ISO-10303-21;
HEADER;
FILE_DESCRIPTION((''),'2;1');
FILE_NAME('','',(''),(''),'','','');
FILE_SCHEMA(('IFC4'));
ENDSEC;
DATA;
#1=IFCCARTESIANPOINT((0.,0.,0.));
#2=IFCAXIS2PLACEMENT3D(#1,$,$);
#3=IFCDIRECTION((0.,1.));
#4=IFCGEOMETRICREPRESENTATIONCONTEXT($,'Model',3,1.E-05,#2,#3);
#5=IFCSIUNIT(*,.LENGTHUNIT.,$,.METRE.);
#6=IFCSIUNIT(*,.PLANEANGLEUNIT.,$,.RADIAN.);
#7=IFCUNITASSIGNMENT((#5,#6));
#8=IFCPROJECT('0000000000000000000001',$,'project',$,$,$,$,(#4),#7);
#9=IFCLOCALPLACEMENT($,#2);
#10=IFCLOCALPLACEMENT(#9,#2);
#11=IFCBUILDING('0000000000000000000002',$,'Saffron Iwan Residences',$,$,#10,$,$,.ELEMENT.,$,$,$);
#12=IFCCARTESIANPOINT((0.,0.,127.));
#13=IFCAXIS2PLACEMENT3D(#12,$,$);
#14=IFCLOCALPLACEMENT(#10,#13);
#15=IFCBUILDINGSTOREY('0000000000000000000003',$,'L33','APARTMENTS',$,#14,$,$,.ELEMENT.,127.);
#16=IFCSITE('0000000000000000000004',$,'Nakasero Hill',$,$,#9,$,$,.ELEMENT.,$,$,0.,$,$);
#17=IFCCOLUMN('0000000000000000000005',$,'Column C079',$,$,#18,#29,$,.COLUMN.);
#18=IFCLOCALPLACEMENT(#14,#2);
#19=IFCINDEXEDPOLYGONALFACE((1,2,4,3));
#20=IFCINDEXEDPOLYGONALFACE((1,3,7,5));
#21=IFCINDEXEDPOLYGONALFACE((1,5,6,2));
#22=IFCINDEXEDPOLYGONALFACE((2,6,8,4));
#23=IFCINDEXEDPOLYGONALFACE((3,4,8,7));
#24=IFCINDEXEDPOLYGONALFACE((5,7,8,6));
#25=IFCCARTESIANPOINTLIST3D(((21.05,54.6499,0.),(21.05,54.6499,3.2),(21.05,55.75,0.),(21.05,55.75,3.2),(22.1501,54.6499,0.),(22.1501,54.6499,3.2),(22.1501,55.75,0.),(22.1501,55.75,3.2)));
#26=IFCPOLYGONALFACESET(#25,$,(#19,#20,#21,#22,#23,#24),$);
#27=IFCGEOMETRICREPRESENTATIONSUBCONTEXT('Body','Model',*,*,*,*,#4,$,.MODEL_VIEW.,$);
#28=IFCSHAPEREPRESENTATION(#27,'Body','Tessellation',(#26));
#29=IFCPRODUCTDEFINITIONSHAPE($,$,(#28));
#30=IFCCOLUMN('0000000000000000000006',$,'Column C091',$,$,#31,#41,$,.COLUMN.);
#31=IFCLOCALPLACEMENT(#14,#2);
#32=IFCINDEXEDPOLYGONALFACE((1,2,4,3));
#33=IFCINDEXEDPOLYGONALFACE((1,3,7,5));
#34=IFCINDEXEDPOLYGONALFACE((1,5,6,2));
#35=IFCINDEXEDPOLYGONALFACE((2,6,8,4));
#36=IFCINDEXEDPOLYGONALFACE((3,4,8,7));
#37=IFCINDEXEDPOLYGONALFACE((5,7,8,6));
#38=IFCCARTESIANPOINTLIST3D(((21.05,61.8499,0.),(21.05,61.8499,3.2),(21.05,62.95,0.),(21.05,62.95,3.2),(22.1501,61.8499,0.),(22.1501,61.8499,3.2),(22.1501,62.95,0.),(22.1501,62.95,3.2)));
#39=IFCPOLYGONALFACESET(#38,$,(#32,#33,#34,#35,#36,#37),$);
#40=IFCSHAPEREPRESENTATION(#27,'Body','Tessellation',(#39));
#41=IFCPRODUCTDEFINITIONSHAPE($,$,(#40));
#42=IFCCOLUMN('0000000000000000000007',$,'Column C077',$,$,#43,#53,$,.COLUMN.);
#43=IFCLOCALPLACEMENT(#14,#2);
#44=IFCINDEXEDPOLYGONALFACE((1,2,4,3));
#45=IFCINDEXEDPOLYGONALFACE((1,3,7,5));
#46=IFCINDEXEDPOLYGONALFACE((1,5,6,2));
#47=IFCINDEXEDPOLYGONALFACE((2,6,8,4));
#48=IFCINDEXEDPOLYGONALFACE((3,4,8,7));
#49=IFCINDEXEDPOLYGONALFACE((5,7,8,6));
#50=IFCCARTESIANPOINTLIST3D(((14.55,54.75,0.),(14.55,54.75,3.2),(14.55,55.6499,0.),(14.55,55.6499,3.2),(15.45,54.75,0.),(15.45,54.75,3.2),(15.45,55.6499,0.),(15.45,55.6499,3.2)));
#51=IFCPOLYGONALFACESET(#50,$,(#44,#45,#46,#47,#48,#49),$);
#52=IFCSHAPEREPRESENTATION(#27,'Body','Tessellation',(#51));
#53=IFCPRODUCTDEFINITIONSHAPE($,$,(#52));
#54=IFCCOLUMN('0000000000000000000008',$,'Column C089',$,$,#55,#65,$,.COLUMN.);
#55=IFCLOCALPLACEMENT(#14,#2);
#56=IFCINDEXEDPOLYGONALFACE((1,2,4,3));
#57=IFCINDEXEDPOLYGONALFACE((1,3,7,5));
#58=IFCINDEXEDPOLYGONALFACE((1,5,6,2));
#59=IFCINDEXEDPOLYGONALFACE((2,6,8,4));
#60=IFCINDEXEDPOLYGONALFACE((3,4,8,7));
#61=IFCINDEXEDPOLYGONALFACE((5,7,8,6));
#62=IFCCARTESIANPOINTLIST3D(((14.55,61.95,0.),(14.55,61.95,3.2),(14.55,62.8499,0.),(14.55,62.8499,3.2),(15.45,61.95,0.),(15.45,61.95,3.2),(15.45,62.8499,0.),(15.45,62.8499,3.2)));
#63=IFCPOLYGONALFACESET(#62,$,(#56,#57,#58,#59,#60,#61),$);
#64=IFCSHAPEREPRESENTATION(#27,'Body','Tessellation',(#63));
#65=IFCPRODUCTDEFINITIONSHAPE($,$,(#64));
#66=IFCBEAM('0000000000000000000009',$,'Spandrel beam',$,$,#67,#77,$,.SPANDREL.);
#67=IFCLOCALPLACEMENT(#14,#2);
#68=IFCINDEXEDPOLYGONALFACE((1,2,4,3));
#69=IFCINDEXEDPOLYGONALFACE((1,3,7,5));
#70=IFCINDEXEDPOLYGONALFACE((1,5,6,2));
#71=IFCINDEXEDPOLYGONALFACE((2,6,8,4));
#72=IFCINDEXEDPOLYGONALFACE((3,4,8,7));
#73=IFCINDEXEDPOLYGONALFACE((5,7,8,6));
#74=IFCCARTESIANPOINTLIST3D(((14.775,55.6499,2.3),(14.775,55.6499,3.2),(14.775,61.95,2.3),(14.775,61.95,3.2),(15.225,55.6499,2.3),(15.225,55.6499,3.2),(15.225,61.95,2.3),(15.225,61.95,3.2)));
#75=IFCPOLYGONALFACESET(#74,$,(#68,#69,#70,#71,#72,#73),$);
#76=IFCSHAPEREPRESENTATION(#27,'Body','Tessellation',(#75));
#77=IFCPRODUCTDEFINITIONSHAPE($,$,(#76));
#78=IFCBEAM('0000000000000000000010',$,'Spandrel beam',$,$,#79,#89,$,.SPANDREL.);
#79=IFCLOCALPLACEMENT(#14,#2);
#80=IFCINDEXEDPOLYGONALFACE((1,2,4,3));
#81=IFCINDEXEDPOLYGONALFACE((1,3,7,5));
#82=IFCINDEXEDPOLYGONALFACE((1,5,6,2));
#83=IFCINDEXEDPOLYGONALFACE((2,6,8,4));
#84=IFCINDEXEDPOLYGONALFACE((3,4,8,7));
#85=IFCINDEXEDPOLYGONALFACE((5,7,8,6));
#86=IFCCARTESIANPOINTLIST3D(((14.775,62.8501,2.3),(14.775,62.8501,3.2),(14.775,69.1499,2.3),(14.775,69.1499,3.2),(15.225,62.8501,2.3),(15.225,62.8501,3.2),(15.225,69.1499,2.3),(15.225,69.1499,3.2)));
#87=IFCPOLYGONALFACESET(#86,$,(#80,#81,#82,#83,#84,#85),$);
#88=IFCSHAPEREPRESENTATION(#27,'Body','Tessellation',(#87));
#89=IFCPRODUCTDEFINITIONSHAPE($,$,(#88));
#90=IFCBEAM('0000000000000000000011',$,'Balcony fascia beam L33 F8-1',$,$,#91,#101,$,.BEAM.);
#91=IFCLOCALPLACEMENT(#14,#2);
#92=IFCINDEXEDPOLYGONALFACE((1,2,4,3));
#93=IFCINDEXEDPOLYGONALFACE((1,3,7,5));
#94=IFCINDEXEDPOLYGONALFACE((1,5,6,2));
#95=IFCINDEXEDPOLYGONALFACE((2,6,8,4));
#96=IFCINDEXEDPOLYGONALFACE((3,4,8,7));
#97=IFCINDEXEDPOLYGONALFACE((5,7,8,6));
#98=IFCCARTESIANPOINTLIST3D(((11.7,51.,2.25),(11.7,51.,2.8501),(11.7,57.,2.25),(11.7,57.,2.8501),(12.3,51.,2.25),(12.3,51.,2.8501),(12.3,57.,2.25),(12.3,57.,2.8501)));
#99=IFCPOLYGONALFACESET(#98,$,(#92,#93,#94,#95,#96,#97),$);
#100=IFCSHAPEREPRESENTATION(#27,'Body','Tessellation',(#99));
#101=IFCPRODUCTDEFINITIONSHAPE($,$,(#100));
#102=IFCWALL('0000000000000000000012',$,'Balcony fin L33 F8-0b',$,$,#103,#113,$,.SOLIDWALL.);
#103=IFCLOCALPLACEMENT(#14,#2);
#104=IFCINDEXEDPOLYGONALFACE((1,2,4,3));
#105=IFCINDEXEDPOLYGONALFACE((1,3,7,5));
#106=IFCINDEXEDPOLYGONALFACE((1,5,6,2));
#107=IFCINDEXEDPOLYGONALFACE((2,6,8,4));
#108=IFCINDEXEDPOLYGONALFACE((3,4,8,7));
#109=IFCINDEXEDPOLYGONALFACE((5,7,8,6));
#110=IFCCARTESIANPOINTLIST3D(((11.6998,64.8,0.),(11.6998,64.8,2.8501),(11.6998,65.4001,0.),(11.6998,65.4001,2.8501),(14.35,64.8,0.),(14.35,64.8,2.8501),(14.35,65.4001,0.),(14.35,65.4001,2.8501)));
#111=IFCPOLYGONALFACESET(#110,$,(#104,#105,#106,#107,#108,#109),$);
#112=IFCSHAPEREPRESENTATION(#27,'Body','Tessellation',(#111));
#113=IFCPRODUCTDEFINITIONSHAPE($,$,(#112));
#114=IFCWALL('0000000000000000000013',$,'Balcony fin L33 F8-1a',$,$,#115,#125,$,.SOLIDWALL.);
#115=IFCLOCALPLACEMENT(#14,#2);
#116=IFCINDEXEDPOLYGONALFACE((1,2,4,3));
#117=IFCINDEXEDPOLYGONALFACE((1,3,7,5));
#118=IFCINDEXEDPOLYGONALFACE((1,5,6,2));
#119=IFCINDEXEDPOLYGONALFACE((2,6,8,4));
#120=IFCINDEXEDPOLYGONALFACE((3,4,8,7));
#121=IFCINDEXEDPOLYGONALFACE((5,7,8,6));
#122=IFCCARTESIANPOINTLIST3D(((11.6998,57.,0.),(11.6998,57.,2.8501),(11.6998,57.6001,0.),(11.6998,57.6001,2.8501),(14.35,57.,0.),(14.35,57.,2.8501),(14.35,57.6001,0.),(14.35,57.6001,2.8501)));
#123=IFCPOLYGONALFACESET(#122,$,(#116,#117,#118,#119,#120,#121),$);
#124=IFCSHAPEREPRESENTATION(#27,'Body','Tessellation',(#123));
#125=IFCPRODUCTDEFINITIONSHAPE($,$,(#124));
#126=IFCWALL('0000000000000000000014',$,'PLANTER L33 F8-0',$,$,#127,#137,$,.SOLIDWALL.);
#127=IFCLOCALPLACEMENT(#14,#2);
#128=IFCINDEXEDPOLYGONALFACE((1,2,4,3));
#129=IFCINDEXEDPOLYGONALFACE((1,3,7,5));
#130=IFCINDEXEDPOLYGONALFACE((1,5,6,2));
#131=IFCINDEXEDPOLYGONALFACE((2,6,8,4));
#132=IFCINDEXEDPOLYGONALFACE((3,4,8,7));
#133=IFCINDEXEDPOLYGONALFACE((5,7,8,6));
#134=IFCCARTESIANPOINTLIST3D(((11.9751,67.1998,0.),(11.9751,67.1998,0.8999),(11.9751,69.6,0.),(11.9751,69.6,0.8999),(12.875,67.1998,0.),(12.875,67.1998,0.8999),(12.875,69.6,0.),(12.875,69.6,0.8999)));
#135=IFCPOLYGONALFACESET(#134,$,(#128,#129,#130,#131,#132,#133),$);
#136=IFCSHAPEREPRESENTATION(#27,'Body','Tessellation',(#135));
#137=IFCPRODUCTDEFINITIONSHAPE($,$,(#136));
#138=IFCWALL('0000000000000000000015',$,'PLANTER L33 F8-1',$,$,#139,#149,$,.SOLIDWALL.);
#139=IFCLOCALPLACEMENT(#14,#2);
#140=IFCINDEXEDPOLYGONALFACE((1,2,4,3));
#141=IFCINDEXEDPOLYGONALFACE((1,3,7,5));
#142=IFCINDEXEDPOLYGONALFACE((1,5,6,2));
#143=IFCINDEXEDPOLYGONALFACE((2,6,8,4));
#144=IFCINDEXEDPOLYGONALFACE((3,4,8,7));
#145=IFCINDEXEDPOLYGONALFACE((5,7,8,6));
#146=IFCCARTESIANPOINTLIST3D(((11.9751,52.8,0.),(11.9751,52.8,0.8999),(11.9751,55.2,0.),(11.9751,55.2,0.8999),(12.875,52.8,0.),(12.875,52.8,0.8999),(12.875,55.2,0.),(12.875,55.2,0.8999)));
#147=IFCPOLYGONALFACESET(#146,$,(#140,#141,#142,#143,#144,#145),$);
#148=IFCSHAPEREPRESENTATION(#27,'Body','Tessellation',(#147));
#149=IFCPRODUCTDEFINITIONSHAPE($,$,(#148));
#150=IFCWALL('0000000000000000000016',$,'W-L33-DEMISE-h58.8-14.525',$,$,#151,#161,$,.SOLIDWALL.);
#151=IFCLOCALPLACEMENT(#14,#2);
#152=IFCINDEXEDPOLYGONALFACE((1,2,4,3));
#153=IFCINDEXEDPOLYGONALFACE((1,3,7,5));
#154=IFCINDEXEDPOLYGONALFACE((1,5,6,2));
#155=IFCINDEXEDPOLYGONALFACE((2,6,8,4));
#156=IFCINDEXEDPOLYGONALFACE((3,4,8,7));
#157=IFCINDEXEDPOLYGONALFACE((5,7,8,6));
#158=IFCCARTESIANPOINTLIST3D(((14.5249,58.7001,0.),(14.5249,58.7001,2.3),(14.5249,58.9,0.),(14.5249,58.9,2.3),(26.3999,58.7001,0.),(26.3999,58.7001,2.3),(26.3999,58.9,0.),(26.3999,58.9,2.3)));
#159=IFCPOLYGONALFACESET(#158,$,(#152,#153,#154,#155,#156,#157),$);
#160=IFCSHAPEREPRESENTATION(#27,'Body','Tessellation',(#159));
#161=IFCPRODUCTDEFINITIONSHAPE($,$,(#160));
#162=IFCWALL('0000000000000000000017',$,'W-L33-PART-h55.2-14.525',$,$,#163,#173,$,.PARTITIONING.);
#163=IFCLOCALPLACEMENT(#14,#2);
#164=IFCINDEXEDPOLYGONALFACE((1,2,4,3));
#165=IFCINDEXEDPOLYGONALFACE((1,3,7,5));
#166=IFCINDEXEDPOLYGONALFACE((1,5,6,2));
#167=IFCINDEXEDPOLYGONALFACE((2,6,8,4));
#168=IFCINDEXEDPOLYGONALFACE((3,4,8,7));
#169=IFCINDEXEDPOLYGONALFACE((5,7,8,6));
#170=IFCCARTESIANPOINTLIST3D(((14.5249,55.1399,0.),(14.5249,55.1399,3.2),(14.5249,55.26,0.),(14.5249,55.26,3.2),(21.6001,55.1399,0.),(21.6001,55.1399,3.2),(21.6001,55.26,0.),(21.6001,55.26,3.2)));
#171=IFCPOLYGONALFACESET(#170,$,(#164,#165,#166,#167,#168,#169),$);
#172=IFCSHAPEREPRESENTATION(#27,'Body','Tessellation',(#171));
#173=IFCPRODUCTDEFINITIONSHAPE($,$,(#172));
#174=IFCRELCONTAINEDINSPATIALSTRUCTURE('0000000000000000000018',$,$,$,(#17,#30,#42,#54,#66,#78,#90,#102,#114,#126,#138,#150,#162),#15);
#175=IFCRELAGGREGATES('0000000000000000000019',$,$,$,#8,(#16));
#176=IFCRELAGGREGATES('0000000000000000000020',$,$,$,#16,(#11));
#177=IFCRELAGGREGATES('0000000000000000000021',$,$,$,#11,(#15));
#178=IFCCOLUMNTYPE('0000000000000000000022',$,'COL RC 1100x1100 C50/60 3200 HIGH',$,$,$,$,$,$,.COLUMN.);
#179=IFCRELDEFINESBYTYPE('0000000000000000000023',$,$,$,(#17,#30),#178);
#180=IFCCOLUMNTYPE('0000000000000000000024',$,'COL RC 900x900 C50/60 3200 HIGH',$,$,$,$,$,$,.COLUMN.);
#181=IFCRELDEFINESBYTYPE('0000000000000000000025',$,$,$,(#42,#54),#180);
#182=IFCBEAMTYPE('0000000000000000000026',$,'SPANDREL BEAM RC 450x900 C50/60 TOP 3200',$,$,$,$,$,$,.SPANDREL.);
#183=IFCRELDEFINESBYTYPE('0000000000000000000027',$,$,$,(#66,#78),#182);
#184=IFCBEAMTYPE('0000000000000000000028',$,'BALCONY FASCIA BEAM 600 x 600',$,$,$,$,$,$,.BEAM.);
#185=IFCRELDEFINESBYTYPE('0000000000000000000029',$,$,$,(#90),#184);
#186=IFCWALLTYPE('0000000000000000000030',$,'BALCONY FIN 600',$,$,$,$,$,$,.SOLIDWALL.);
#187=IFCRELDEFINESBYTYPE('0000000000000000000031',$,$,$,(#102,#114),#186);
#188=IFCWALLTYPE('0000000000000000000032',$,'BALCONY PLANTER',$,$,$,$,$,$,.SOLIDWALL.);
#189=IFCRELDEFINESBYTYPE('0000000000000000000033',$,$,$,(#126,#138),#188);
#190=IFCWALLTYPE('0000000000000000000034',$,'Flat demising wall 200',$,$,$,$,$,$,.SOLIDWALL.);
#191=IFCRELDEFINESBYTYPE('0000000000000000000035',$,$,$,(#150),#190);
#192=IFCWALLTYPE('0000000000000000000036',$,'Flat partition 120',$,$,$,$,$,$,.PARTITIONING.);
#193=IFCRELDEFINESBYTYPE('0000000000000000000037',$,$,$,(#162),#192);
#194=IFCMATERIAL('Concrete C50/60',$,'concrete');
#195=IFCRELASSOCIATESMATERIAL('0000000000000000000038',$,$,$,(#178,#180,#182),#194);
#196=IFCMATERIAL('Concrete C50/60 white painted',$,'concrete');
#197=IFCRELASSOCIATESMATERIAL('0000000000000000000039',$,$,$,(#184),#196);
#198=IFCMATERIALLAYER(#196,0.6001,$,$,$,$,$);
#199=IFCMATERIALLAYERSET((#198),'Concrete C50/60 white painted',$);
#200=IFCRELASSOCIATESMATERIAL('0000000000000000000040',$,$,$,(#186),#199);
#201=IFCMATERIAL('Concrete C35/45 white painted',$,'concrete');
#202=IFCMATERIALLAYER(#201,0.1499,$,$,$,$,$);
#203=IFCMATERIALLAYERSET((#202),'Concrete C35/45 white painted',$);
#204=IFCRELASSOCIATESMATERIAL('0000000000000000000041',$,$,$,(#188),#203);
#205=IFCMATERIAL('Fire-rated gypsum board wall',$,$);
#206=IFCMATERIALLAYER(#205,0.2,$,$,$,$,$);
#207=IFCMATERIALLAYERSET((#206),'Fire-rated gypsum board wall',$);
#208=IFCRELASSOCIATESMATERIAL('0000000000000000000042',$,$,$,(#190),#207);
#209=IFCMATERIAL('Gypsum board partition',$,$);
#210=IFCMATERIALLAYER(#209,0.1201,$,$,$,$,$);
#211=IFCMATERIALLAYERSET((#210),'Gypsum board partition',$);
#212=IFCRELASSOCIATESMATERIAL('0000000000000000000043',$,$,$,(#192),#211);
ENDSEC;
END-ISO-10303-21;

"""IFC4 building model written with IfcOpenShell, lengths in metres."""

from ifc_helpers import new_model, si_unit, direction, frame, frame_2d, origin, origin_2d, place, context, subcontext, project, spatial, rectangle, extrude, source, transform, mapped, material, layer, layer_set, material_profile, profile_set, type_object, element, save


model = new_model("IFC4")

# Units and contexts
model_context = context("Model", 3, precision=1e-05, world=origin(), true_north=direction((0.0, 1.0)))
body_context = subcontext(model_context, "Body", "Model", "MODEL_VIEW")
ifc_project = project(units=[si_unit("LENGTHUNIT", "METRE"), si_unit("PLANEANGLEUNIT", "RADIAN")], contexts=[model_context])

# Site, building, storey
site_placement = place(None, origin())
site = spatial("IfcSite", under=ifc_project, at=site_placement, Name="Nakasero Hill", CompositionType="ELEMENT", RefElevation=0.0)
building_placement = place(site_placement, origin())
building = spatial("IfcBuilding", under=site, at=building_placement, Name="Saffron Iwan Residences", CompositionType="ELEMENT")
storey_placement = place(building_placement, frame((0.0, 0.0, 127.0)))
storey = spatial("IfcBuildingStorey", under=building, at=storey_placement, Name="L33", Description="APARTMENTS", CompositionType="ELEMENT", Elevation=127.0)

# Columns
ifc_material_1 = material(Name="Concrete C50/60", Category="concrete")
ifc_material_profile_1 = material_profile(ifc_material_1, rectangle(XDim=1.1001, YDim=1.1001, at=origin_2d()), Name="RC 1100x1100")
ifc_profile_set_1 = profile_set([ifc_material_profile_1], Name="Concrete C50/60")
column_type_1 = type_object("IfcColumnType", Name="COL RC 1100x1100 C50/60 3200 HIGH", PredefinedType="COLUMN", material=ifc_profile_set_1)
shared_shape_1 = source(origin(), body_context, "Body", "SweptSolid", [
    extrude(rectangle(XDim=1.1001, YDim=1.1001, at=origin_2d()), origin(), (0.0, 0.0, 1.0), 3.2),
])
for number, where, z_axis, x_axis, name in (
    (1, (21.6001, 55.2, 0.0), (0.0, 0.0, 1.0), (1.0, 0.0, 0.0), "Column C079"),
    (2, (21.6001, 62.3999, 0.0), (0.0, 0.0, 1.0), (1.0, 0.0, 0.0), "Column C091"),
):
    element("IfcColumn", number, at=place(storey_placement, frame(where, z_axis=z_axis, x_axis=x_axis)), inside=storey, type_object=column_type_1, Name=name, PredefinedType="COLUMN", context=body_context, shape_type="MappedRepresentation", body=[
        mapped(shared_shape_1, transform((0.0, 0.0, 0.0))),
    ])
ifc_material_profile_2 = material_profile(ifc_material_1, rectangle(XDim=0.8999, YDim=0.8999, at=origin_2d()), Name="RC 900x900")
ifc_profile_set_2 = profile_set([ifc_material_profile_2], Name="Concrete C50/60")
column_type_2 = type_object("IfcColumnType", Name="COL RC 900x900 C50/60 3200 HIGH", PredefinedType="COLUMN", material=ifc_profile_set_2)
shared_shape_2 = source(origin(), body_context, "Body", "SweptSolid", [
    extrude(rectangle(XDim=0.8999, YDim=0.8999, at=origin_2d()), origin(), (0.0, 0.0, 1.0), 3.2),
])
for number, where, z_axis, x_axis, name in (
    (3, (15.0, 55.2, 0.0), (0.0, 0.0, 1.0), (1.0, 0.0, 0.0), "Column C077"),
    (4, (15.0, 62.3999, 0.0), (0.0, 0.0, 1.0), (1.0, 0.0, 0.0), "Column C089"),
):
    element("IfcColumn", number, at=place(storey_placement, frame(where, z_axis=z_axis, x_axis=x_axis)), inside=storey, type_object=column_type_2, Name=name, PredefinedType="COLUMN", context=body_context, shape_type="MappedRepresentation", body=[
        mapped(shared_shape_2, transform((0.0, 0.0, 0.0))),
    ])

# Beams
ifc_material_profile_3 = material_profile(ifc_material_1, rectangle(XDim=0.45, YDim=0.8999, at=origin_2d()), Name="RC 450x900")
ifc_profile_set_3 = profile_set([ifc_material_profile_3], Name="Concrete C50/60")
beam_type_1 = type_object("IfcBeamType", Name="SPANDREL BEAM RC 450x900 C50/60 TOP 3200", PredefinedType="SPANDREL", material=ifc_profile_set_3)
shared_shape_3 = source(origin(), body_context, "Body", "SweptSolid", [
    extrude(rectangle(XDim=0.45, YDim=0.8999, at=origin_2d()), origin(), (0.0, 0.0, 1.0), 6.3),
])
beam_1_placement = place(storey_placement, frame((15.0, 55.6499, 2.75), z_axis=(0.0, 1.0, 0.0), x_axis=(-1.0, 0.0, 0.0)))
element("IfcBeam", 5, at=beam_1_placement, inside=storey, type_object=beam_type_1, Name="Spandrel beam", PredefinedType="SPANDREL", context=body_context, shape_type="MappedRepresentation", body=[
    mapped(shared_shape_3, transform((0.0, 0.0, 0.0))),
])
shared_shape_4 = source(origin(), body_context, "Body", "SweptSolid", [
    extrude(rectangle(XDim=0.45, YDim=0.8999, at=origin_2d()), origin(), (0.0, 0.0, 1.0), 6.2998),
])
beam_2_placement = place(storey_placement, frame((15.0, 62.8501, 2.75), z_axis=(0.0, 1.0, 0.0), x_axis=(-1.0, 0.0, 0.0)))
element("IfcBeam", 6, at=beam_2_placement, inside=storey, type_object=beam_type_1, Name="Spandrel beam", PredefinedType="SPANDREL", context=body_context, shape_type="MappedRepresentation", body=[
    mapped(shared_shape_4, transform((0.0, 0.0, 0.0))),
])
ifc_material_2 = material(Name="Concrete C50/60 white painted", Category="concrete")
ifc_material_profile_4 = material_profile(ifc_material_2, rectangle(XDim=0.6001, YDim=0.6001, at=origin_2d()), Name="BALCONY FASCIA BEAM 600 x 600")
ifc_profile_set_4 = profile_set([ifc_material_profile_4], Name="Concrete C50/60 white painted")
beam_type_2 = type_object("IfcBeamType", Name="BALCONY FASCIA BEAM 600 x 600", PredefinedType="BEAM", material=ifc_profile_set_4)
shared_shape_5 = source(origin(), body_context, "Body", "SweptSolid", [
    extrude(rectangle(XDim=0.6001, YDim=0.6001, at=origin_2d()), origin(), (0.0, 0.0, 1.0), 6.0),
])
beam_3_placement = place(storey_placement, frame((12.0, 57.0, 2.55), z_axis=(0.0, -1.0, 0.0), x_axis=(1.0, 0.0, 0.0)))
element("IfcBeam", 7, at=beam_3_placement, inside=storey, type_object=beam_type_2, Name="Balcony fascia beam L33 F8-1", PredefinedType="BEAM", context=body_context, shape_type="MappedRepresentation", body=[
    mapped(shared_shape_5, transform((0.0, 0.0, 0.0))),
])

# Walls
ifc_layer_1 = layer(ifc_material_2, 0.6001)
ifc_layer_set_1 = layer_set([ifc_layer_1], Name="Concrete C50/60 white painted")
wall_type_1 = type_object("IfcWallType", Name="BALCONY FIN 600", PredefinedType="SOLIDWALL", material=ifc_layer_set_1)
for number, where, z_axis, x_axis, name in (
    (8, (14.3501, 65.1001, 0.0), (0.0, 0.0, 1.0), (-1.0, 0.0, 0.0), "Balcony fin L33 F8-0b"),
    (9, (14.3501, 57.3, 0.0), (0.0, 0.0, 1.0), (-1.0, 0.0, 0.0), "Balcony fin L33 F8-1a"),
):
    element("IfcWall", number, at=place(storey_placement, frame(where, z_axis=z_axis, x_axis=x_axis)), inside=storey, type_object=wall_type_1, Name=name, PredefinedType="SOLIDWALL", context=body_context, shape_type="SweptSolid", body=[
        extrude(rectangle(XDim=2.6501, YDim=0.6001, at=frame_2d((1.3252, 0.0))), origin(), (0.0, 0.0, 1.0), 2.8501),
    ])
ifc_material_3 = material(Name="Concrete C35/45 white painted", Category="concrete")
ifc_layer_2 = layer(ifc_material_3, 0.1499)
ifc_layer_set_2 = layer_set([ifc_layer_2], Name="Concrete C35/45 white painted")
wall_type_2 = type_object("IfcWallType", Name="BALCONY PLANTER", PredefinedType="SOLIDWALL", material=ifc_layer_set_2)
wall_1_placement = place(storey_placement, frame((12.425, 69.6001, 0.0), z_axis=(0.0, 0.0, 1.0), x_axis=(0.0, -1.0, 0.0)))
element("IfcWall", 10, at=wall_1_placement, inside=storey, type_object=wall_type_2, Name="PLANTER L33 F8-0", PredefinedType="SOLIDWALL", context=body_context, shape_type="SweptSolid", body=[
    extrude(rectangle(XDim=2.4001, YDim=0.8999, at=frame_2d((1.2002, 0.0))), origin(), (0.0, 0.0, 1.0), 0.8999),
])
wall_2_placement = place(storey_placement, frame((12.425, 55.2, 0.0), z_axis=(0.0, 0.0, 1.0), x_axis=(0.0, -1.0, 0.0)))
element("IfcWall", 11, at=wall_2_placement, inside=storey, type_object=wall_type_2, Name="PLANTER L33 F8-1", PredefinedType="SOLIDWALL", context=body_context, shape_type="SweptSolid", body=[
    extrude(rectangle(XDim=2.3999, YDim=0.8999, at=frame_2d((1.2, 0.0))), origin(), (0.0, 0.0, 1.0), 0.8999),
])
ifc_material_4 = material(Name="Fire-rated gypsum board wall")
ifc_layer_3 = layer(ifc_material_4, 0.2)
ifc_layer_set_3 = layer_set([ifc_layer_3], Name="Fire-rated gypsum board wall")
wall_type_3 = type_object("IfcWallType", Name="Flat demising wall 200", PredefinedType="SOLIDWALL", material=ifc_layer_set_3)
wall_3_placement = place(storey_placement, frame((14.5249, 58.8, 0.0), z_axis=(0.0, 0.0, 1.0), x_axis=(1.0, 0.0, 0.0)))
element("IfcWall", 12, at=wall_3_placement, inside=storey, type_object=wall_type_3, Name="W-L33-DEMISE-h58.8-14.525", PredefinedType="SOLIDWALL", context=body_context, shape_type="SweptSolid", body=[
    extrude(rectangle(XDim=11.875, YDim=0.2, at=frame_2d((5.9375, 0.0))), origin(), (0.0, 0.0, 1.0), 2.3),
])
ifc_material_5 = material(Name="Gypsum board partition")
ifc_layer_4 = layer(ifc_material_5, 0.1201)
ifc_layer_set_4 = layer_set([ifc_layer_4], Name="Gypsum board partition")
wall_type_4 = type_object("IfcWallType", Name="Flat partition 120", PredefinedType="PARTITIONING", material=ifc_layer_set_4)
wall_4_placement = place(storey_placement, frame((14.5249, 55.2, 0.0), z_axis=(0.0, 0.0, 1.0), x_axis=(1.0, 0.0, 0.0)))
element("IfcWall", 13, at=wall_4_placement, inside=storey, type_object=wall_type_4, Name="W-L33-PART-h55.2-14.525", PredefinedType="PARTITIONING", context=body_context, shape_type="SweptSolid", body=[
    extrude(rectangle(XDim=7.0752, YDim=0.1201, at=frame_2d((3.5376, 0.0))), origin(), (0.0, 0.0, 1.0), 3.2),
])

save(model, "model.ifc")
